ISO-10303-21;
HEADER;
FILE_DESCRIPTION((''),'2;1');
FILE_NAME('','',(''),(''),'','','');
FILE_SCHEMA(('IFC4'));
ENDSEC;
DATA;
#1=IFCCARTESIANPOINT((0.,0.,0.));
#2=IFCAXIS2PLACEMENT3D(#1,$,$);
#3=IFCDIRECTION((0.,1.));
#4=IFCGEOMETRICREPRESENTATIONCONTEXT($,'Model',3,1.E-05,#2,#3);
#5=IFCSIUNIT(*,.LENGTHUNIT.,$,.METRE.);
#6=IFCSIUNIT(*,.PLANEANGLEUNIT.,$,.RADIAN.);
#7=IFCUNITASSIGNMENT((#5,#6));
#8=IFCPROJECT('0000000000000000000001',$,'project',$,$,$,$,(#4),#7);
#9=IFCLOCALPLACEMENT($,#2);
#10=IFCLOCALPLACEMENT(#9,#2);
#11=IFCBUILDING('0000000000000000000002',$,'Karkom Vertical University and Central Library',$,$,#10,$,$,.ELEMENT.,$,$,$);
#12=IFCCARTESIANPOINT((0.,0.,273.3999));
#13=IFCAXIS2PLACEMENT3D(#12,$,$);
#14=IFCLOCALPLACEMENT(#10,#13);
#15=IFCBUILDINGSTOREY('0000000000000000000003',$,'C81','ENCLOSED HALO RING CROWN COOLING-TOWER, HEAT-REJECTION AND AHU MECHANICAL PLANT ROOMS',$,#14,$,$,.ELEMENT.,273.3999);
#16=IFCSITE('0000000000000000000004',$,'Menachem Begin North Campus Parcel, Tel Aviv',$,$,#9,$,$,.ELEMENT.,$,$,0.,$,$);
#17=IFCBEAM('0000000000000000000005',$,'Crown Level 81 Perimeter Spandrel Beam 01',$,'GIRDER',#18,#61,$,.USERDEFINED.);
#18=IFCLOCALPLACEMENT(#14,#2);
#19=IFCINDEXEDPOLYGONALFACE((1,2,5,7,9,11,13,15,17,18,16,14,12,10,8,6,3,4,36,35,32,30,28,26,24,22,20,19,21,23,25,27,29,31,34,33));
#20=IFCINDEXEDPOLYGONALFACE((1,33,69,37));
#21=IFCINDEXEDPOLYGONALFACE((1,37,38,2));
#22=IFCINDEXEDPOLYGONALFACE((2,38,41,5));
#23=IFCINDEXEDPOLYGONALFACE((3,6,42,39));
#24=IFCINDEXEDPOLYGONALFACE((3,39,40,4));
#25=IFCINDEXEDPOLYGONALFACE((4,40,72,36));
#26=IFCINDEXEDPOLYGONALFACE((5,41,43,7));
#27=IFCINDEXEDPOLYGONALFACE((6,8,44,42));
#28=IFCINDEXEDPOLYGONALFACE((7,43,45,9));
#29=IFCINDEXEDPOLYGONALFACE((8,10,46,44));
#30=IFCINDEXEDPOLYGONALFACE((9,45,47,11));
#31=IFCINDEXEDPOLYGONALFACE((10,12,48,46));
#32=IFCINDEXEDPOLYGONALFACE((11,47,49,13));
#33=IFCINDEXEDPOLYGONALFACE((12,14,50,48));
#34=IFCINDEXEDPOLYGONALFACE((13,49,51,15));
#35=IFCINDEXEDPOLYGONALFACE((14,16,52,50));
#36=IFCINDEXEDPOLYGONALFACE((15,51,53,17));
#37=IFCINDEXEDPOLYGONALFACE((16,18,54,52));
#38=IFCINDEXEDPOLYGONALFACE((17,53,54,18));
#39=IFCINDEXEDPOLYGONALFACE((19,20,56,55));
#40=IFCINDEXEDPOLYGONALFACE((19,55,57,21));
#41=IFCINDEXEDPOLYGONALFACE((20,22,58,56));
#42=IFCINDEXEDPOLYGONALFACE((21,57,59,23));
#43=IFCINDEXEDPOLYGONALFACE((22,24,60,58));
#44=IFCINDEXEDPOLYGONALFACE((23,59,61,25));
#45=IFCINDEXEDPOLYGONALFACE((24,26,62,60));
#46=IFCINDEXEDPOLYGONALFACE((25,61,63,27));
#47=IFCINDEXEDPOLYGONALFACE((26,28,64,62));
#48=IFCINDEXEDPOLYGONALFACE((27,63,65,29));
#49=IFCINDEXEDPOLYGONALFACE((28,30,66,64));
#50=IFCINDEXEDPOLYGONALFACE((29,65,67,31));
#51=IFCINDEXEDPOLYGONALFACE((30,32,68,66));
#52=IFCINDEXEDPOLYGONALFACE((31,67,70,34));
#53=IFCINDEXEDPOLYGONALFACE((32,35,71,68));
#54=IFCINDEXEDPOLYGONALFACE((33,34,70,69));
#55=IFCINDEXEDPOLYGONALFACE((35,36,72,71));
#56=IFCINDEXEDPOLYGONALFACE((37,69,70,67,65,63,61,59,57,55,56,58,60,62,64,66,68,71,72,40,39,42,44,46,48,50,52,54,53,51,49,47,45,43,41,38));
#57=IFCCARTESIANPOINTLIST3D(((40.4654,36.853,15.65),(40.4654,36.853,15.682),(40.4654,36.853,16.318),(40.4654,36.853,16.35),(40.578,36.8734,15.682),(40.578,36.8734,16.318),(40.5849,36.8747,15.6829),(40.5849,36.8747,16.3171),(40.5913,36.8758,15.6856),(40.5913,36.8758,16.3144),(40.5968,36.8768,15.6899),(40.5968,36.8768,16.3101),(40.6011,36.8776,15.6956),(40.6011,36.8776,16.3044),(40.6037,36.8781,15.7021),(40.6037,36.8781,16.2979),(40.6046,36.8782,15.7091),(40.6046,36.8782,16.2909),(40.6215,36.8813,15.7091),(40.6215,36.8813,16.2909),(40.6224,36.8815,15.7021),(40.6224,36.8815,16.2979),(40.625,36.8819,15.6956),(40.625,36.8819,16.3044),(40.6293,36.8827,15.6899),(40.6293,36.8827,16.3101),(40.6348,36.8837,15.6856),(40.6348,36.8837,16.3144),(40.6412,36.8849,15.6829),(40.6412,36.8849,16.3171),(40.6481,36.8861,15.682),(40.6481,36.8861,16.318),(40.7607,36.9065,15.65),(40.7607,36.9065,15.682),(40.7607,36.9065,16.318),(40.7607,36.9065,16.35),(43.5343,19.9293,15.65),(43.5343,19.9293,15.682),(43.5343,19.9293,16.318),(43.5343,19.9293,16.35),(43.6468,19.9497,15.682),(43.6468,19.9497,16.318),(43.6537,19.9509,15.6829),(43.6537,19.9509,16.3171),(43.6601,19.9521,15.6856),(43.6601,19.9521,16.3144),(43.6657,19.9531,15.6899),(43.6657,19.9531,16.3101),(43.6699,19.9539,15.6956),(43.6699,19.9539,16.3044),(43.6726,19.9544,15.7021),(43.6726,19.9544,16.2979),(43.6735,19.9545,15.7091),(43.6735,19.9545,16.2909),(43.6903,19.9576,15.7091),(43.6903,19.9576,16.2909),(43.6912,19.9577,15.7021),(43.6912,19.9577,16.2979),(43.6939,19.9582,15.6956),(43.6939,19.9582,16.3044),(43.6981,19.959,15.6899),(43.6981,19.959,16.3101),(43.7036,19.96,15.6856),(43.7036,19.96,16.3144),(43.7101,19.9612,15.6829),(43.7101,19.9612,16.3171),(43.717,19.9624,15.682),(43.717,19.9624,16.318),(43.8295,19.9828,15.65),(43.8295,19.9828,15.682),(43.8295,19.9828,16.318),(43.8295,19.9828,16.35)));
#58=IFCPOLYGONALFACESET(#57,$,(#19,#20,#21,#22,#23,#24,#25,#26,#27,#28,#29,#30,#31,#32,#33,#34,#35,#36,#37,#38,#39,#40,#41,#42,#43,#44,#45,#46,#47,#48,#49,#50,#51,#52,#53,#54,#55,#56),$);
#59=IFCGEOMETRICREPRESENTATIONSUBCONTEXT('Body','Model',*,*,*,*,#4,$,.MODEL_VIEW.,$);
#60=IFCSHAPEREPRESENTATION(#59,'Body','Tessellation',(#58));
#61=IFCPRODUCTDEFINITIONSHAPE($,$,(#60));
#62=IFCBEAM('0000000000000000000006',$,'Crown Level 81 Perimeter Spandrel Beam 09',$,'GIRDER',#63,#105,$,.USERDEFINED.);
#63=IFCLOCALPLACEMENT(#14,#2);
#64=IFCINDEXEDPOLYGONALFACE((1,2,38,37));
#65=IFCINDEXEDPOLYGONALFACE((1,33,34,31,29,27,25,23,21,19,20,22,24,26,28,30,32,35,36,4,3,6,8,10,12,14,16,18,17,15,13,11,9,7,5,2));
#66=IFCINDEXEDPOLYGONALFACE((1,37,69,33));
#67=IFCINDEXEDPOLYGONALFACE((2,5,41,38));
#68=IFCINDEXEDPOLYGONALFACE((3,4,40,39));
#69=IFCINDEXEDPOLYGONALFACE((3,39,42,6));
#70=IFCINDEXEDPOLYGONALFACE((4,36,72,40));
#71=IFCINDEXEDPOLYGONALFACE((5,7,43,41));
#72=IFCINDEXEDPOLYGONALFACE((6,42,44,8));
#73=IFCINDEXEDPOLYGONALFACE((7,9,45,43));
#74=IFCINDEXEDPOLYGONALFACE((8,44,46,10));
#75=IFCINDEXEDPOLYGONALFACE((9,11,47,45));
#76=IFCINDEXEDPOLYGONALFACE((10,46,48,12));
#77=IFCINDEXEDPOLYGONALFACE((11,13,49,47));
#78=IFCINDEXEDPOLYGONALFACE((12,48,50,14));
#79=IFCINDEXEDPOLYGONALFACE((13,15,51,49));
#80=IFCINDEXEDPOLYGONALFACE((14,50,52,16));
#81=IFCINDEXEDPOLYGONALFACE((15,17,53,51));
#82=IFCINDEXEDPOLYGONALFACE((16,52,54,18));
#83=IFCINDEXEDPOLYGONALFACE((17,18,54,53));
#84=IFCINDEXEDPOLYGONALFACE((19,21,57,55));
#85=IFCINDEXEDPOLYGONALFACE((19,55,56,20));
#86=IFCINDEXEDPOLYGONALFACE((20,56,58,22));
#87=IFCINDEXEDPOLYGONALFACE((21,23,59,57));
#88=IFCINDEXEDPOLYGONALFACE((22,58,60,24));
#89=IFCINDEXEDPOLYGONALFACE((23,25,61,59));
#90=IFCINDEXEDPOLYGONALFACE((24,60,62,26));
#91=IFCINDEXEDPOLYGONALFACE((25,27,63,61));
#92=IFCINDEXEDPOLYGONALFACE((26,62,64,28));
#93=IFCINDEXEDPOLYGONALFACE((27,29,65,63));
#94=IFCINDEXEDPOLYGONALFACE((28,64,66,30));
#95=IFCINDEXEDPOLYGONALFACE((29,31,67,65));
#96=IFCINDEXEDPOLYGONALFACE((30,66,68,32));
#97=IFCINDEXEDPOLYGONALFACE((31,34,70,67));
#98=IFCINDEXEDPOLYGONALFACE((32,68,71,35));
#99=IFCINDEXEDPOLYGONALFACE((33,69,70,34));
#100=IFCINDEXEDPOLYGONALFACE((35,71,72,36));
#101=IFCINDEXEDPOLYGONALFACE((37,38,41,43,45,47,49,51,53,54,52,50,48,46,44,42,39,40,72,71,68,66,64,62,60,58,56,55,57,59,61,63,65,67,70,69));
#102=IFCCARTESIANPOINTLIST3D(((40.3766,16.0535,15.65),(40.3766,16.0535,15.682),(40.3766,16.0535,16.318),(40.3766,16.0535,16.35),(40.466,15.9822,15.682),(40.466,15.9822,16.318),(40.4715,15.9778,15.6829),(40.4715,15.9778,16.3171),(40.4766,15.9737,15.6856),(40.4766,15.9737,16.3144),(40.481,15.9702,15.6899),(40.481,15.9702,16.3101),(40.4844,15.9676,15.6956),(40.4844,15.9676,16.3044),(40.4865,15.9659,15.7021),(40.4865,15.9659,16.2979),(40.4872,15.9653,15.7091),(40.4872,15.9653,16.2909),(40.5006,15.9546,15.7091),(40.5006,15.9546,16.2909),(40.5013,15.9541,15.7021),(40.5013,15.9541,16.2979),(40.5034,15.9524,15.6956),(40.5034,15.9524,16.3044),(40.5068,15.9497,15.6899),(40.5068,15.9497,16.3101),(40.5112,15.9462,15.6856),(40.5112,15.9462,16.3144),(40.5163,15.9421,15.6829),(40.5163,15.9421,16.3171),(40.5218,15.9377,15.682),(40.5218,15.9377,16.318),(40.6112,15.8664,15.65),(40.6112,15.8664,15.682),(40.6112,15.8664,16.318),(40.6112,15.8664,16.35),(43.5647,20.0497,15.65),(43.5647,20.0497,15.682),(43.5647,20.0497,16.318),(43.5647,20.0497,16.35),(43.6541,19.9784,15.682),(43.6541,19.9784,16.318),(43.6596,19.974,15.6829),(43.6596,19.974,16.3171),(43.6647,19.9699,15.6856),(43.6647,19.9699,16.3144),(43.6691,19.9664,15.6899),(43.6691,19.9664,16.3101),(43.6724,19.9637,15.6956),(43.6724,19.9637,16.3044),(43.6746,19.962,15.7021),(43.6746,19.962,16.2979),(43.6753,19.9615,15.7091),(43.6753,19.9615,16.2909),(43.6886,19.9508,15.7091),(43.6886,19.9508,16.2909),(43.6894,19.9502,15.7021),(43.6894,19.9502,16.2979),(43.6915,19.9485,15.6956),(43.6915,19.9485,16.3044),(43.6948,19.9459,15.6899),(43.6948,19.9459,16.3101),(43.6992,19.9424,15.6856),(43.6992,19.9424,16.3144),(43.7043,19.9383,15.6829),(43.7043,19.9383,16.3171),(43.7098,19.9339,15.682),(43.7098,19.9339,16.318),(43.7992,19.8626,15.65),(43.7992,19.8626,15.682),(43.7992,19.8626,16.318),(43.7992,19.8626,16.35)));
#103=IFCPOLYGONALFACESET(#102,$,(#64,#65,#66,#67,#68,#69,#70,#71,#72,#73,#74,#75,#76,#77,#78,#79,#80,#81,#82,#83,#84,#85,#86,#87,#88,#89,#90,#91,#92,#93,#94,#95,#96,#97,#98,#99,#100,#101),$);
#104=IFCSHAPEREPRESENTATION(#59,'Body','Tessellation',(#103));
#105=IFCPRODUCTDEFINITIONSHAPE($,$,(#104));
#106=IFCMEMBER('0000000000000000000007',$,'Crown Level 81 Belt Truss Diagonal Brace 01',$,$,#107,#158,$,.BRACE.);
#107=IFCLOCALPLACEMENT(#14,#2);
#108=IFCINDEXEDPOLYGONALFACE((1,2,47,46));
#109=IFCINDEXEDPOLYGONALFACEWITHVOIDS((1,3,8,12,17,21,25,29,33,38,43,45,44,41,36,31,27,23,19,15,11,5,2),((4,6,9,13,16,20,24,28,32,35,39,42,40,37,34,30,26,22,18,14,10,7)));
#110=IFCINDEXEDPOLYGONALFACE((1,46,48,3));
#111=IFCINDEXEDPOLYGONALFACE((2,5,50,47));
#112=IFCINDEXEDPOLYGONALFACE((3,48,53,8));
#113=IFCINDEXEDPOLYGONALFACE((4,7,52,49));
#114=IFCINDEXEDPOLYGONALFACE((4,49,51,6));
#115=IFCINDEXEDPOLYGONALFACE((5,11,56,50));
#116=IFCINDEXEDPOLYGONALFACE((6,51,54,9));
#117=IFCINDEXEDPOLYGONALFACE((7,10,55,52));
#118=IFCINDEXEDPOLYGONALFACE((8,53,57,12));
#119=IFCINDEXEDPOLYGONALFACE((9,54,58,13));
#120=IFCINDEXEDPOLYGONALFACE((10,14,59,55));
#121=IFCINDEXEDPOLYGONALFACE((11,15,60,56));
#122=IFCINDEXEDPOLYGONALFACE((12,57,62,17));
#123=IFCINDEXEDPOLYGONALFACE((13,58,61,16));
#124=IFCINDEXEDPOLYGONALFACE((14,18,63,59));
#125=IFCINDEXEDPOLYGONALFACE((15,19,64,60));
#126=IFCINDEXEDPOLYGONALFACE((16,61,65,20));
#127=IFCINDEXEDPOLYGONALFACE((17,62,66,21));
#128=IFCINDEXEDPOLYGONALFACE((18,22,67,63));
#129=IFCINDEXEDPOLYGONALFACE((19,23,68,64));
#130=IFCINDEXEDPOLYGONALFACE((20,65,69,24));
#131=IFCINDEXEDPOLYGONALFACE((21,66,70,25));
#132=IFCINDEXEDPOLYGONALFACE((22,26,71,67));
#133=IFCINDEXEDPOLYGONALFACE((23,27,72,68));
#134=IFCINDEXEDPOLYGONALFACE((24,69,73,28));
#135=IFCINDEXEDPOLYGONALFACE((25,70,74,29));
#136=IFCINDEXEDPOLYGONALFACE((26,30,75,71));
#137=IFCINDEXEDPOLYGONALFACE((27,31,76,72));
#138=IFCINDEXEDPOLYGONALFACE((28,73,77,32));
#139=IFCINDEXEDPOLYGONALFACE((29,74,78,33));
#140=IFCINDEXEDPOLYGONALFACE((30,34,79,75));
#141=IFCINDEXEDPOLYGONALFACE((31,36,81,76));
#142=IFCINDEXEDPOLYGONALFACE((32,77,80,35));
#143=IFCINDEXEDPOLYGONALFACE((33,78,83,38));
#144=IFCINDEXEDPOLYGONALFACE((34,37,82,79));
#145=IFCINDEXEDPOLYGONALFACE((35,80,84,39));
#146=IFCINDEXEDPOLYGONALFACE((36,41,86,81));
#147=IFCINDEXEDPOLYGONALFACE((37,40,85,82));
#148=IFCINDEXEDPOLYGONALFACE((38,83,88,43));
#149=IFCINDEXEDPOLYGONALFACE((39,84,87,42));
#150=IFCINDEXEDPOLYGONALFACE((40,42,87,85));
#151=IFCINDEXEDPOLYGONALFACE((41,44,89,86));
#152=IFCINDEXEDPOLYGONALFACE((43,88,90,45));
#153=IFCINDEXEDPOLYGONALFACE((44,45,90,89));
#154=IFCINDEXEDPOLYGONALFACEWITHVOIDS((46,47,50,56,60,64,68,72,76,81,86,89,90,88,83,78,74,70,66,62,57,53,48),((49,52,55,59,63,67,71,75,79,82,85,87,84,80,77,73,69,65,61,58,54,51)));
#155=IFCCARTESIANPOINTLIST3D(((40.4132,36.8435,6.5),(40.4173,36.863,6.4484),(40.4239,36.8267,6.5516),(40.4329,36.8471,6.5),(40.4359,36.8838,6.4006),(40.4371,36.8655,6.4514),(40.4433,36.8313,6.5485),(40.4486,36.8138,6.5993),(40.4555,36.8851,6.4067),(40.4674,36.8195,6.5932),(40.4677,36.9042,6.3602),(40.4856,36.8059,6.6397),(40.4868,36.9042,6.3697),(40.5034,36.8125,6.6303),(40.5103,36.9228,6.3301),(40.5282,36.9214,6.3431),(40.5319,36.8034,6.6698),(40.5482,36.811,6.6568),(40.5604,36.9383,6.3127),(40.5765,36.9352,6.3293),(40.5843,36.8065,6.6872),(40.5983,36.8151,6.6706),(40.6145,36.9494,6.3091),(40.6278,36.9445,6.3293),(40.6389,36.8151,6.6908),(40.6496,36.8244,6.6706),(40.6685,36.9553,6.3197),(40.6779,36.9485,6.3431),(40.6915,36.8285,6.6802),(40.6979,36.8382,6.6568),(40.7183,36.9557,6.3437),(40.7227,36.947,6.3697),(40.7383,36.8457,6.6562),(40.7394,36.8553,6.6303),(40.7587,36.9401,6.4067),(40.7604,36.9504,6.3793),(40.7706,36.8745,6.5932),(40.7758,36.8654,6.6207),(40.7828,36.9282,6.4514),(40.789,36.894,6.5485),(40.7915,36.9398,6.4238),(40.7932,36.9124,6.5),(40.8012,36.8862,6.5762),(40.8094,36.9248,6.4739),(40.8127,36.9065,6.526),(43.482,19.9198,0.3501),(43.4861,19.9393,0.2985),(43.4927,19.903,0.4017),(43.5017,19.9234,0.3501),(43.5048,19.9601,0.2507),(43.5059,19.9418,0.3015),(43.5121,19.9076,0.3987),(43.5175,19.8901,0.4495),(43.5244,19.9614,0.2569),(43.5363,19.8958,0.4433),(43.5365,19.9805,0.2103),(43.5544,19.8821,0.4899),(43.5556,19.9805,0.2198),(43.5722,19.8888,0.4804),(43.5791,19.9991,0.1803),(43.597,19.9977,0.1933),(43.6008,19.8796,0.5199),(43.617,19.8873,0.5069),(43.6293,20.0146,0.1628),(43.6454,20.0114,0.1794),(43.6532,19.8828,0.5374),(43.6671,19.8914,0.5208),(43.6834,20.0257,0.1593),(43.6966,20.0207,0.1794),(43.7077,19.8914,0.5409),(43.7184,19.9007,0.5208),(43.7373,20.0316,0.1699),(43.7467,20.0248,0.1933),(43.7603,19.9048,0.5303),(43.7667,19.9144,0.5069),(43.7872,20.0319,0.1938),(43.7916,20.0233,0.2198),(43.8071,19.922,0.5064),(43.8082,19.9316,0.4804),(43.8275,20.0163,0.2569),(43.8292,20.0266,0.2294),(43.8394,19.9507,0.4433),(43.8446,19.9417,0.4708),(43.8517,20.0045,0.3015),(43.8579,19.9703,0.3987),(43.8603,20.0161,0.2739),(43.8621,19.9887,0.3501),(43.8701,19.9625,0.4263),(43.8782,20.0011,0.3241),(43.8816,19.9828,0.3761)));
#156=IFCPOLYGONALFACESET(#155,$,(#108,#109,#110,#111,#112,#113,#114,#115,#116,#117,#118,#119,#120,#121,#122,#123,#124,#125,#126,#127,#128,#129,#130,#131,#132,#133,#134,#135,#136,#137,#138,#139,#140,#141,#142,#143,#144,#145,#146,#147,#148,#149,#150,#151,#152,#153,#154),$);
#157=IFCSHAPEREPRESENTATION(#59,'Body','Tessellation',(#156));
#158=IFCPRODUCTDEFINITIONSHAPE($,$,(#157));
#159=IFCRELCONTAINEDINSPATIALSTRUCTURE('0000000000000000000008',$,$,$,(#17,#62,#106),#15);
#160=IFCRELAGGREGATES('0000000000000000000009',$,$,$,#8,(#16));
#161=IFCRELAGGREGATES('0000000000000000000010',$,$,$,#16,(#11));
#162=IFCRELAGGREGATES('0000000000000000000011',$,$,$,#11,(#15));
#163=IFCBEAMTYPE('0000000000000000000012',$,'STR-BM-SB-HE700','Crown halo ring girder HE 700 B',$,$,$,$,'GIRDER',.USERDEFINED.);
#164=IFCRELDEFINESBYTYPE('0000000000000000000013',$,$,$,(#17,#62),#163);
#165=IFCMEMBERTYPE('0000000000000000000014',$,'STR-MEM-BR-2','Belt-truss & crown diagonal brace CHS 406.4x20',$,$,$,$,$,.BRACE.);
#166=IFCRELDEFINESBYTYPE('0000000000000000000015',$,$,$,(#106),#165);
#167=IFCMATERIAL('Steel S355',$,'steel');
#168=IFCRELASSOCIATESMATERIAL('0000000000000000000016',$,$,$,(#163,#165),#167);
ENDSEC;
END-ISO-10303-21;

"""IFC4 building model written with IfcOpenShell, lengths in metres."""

from ifc_helpers import new_model, si_unit, direction, frame, origin, origin_with_axes, origin_2d, place, context, subcontext, project, spatial, hollow_circle, i_section, extrude, source, transform, mapped, material, material_profile, profile_set, type_object, element, save


model = new_model("IFC4")

# Units and contexts
model_context = context("Model", 3, precision=1e-05, world=origin(), true_north=direction((0.0, 1.0)))
body_context = subcontext(model_context, "Body", "Model", "MODEL_VIEW")
ifc_project = project(units=[si_unit("LENGTHUNIT", "METRE"), si_unit("PLANEANGLEUNIT", "RADIAN")], contexts=[model_context])

# Site, building, storey
site_placement = place(None, origin())
site = spatial("IfcSite", under=ifc_project, at=site_placement, Name="Menachem Begin North Campus Parcel, Tel Aviv", CompositionType="ELEMENT", RefElevation=0.0)
building_placement = place(site_placement, origin())
building = spatial("IfcBuilding", under=site, at=building_placement, Name="Karkom Vertical University and Central Library", CompositionType="ELEMENT")
storey_placement = place(building_placement, frame((0.0, 0.0, 273.3999)))
storey = spatial("IfcBuildingStorey", under=building, at=storey_placement, Name="C81", Description="ENCLOSED HALO RING CROWN COOLING-TOWER, HEAT-REJECTION AND AHU MECHANICAL PLANT ROOMS", CompositionType="ELEMENT", Elevation=273.3999)

# Shared definitions
ifc_material_1 = material(Name="Steel S355", Category="steel")

# Beams
ifc_material_profile_1 = material_profile(ifc_material_1, i_section(OverallWidth=0.3, OverallDepth=0.7, WebThickness=0.0171, FlangeThickness=0.032, FilletRadius=0.0271, at=origin_2d()), Name="HE 700 B")
ifc_profile_set_1 = profile_set([ifc_material_profile_1], Name="Steel S355")
beam_type_1 = type_object("IfcBeamType", Name="STR-BM-SB-HE700", Description="Crown halo ring girder HE 700 B", ElementType="GIRDER", PredefinedType="USERDEFINED", material=ifc_profile_set_1)
shared_shape_1 = source(origin_with_axes(), body_context, "Body", "SweptSolid", [
    extrude(i_section(OverallWidth=0.3, OverallDepth=0.7, WebThickness=0.0171, FlangeThickness=0.032, FilletRadius=0.0271, at=origin_2d()), origin(), (0.0, 0.0, 1.0), 17.1997),
])
beam_1_placement = place(storey_placement, frame((43.6819, 19.9561, 16.0), z_axis=(-0.178423, 0.983954, 0.0), x_axis=(-0.983954, -0.178423, 0.0)))
element("IfcBeam", 1, at=beam_1_placement, inside=storey, type_object=beam_type_1, Name="Crown Level 81 Perimeter Spandrel Beam 01", ObjectType="GIRDER", PredefinedType="USERDEFINED", context=body_context, shape_type="MappedRepresentation", body=[
    mapped(shared_shape_1, transform((0.0, 0.0, 0.0), scale=1.0)),
])
shared_shape_2 = source(origin_with_axes(), body_context, "Body", "SweptSolid", [
    extrude(i_section(OverallWidth=0.3, OverallDepth=0.7, WebThickness=0.0171, FlangeThickness=0.032, FilletRadius=0.0271, at=origin_2d()), origin(), (0.0, 0.0, 1.0), 5.1121),
])
beam_2_placement = place(storey_placement, frame((40.4939, 15.96, 16.0), z_axis=(0.623634, 0.781716, 0.0), x_axis=(-0.781716, 0.623634, 0.0)))
element("IfcBeam", 2, at=beam_2_placement, inside=storey, type_object=beam_type_1, Name="Crown Level 81 Perimeter Spandrel Beam 09", ObjectType="GIRDER", PredefinedType="USERDEFINED", context=body_context, shape_type="MappedRepresentation", body=[
    mapped(shared_shape_2, transform((0.0, 0.0, 0.0), scale=1.0)),
])

# Member
ifc_material_profile_2 = material_profile(ifc_material_1, hollow_circle(Radius=0.2031, WallThickness=0.02, at=origin_2d()), Name="CHS 406.4x20")
ifc_profile_set_2 = profile_set([ifc_material_profile_2], Name="Steel S355")
member_type_1 = type_object("IfcMemberType", Name="STR-MEM-BR-2", Description="Belt-truss & crown diagonal brace CHS 406.4x20", PredefinedType="BRACE", material=ifc_profile_set_2)
shared_shape_3 = source(origin_with_axes(), body_context, "Body", "SweptSolid", [
    extrude(hollow_circle(Radius=0.2031, WallThickness=0.02, at=origin_2d()), origin(), (0.0, 0.0, 1.0), 18.2661),
])
member_1_placement = place(storey_placement, frame((43.6819, 19.9561, 0.3501), z_axis=(-0.168007, 0.926509, 0.336682), x_axis=(-0.983954, -0.178423, 0.0)))
element("IfcMember", 3, at=member_1_placement, inside=storey, type_object=member_type_1, Name="Crown Level 81 Belt Truss Diagonal Brace 01", PredefinedType="BRACE", context=body_context, shape_type="MappedRepresentation", body=[
    mapped(shared_shape_3, transform((0.0, 0.0, 0.0), scale=1.0)),
])

save(model, "model.ifc")
